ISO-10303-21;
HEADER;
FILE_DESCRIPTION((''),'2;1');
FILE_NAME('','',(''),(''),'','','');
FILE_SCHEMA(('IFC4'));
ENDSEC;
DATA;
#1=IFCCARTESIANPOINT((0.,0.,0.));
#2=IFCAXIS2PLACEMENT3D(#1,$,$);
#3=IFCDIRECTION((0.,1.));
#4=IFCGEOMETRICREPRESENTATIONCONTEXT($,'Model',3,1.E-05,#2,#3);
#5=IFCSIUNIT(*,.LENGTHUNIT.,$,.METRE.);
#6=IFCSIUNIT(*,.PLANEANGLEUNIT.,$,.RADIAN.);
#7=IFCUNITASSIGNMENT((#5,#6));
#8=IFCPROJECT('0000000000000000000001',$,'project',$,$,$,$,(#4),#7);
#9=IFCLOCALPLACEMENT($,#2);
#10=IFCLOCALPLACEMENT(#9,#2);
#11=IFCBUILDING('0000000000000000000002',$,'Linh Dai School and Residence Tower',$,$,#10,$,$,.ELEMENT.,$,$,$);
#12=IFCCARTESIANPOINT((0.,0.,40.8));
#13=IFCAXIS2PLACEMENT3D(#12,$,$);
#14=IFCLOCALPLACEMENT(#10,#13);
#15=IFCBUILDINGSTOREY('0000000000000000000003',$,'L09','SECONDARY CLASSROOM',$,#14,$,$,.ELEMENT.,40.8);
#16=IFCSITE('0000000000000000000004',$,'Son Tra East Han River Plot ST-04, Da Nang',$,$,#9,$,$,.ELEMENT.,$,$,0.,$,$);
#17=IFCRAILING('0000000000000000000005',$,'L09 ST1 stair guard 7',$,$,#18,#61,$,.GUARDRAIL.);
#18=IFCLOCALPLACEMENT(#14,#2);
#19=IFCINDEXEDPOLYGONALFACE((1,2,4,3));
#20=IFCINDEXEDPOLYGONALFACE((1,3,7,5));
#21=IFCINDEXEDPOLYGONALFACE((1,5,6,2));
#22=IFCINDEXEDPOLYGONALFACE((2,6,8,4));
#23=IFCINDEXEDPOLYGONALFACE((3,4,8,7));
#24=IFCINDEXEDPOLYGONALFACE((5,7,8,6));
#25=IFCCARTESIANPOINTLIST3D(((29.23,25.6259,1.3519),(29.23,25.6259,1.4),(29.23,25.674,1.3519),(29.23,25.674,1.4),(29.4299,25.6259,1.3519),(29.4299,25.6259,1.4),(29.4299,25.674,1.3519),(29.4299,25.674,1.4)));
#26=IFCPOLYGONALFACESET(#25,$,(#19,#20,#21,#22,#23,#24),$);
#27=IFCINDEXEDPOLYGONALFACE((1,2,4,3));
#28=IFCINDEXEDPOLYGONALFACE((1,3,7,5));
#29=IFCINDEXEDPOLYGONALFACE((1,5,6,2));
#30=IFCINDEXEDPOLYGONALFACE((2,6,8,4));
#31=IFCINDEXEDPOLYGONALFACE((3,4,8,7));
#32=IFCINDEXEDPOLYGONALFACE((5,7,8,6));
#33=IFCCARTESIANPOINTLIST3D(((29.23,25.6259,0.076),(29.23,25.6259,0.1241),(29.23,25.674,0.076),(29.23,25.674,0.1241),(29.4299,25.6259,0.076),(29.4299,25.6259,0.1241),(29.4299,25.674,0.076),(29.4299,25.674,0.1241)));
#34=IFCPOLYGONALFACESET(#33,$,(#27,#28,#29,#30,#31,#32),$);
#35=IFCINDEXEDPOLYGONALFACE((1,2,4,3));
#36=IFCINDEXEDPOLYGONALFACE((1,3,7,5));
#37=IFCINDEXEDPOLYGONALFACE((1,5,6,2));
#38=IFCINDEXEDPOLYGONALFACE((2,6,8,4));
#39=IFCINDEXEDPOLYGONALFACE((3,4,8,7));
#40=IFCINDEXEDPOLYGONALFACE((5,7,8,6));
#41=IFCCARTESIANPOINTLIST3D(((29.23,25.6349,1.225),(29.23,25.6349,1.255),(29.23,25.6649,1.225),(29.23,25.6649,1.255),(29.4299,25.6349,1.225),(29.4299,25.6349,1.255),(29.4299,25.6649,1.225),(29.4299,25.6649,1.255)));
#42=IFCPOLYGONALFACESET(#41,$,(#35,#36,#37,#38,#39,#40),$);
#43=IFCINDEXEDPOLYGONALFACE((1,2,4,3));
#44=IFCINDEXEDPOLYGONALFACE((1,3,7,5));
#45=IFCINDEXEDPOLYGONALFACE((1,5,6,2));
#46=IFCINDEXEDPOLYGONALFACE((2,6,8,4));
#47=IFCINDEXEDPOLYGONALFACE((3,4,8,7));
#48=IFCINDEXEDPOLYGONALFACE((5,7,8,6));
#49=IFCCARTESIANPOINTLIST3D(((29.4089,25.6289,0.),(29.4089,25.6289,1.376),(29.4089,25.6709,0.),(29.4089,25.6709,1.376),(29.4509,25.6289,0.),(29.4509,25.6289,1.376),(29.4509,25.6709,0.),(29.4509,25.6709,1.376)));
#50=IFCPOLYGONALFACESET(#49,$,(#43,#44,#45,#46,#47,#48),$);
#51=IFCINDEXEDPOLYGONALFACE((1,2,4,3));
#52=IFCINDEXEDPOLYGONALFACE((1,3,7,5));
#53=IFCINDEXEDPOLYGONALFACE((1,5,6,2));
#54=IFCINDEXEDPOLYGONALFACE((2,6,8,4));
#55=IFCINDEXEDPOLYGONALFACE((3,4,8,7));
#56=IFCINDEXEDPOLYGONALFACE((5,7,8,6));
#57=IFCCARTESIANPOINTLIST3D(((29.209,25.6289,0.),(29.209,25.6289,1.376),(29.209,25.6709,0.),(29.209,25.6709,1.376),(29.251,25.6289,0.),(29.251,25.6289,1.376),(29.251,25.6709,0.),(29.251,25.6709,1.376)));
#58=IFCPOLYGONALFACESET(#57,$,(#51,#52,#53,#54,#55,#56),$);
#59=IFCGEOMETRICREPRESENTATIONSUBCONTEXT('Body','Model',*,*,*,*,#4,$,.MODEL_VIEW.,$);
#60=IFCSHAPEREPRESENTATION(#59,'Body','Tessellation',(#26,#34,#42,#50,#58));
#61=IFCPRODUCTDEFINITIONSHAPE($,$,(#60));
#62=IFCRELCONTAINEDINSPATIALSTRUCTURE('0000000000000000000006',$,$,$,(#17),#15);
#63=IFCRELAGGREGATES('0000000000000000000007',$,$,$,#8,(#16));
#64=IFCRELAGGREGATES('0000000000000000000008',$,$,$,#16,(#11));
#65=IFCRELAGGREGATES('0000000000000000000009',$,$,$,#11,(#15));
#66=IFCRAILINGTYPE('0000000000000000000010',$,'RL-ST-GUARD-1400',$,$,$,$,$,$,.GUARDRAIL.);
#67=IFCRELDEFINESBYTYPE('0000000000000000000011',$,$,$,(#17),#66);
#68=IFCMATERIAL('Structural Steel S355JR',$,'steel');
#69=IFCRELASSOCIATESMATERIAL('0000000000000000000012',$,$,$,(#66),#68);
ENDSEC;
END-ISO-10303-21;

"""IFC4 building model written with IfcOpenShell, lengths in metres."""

from ifc_helpers import new_model, si_unit, direction, frame, origin, origin_2d, place, context, subcontext, project, spatial, rectangle, extrude, source, transform, mapped, material, type_object, element, save


model = new_model("IFC4")

# Units and contexts
model_context = context("Model", 3, precision=1e-05, world=origin(), true_north=direction((0.0, 1.0)))
body_context = subcontext(model_context, "Body", "Model", "MODEL_VIEW")
ifc_project = project(units=[si_unit("LENGTHUNIT", "METRE"), si_unit("PLANEANGLEUNIT", "RADIAN")], contexts=[model_context])

# Site, building, storey
site_placement = place(None, origin())
site = spatial("IfcSite", under=ifc_project, at=site_placement, Name="Son Tra East Han River Plot ST-04, Da Nang", CompositionType="ELEMENT", RefElevation=0.0)
building_placement = place(site_placement, origin())
building = spatial("IfcBuilding", under=site, at=building_placement, Name="Linh Dai School and Residence Tower", CompositionType="ELEMENT")
storey_placement = place(building_placement, frame((0.0, 0.0, 40.8)))
storey = spatial("IfcBuildingStorey", under=building, at=storey_placement, Name="L09", Description="SECONDARY CLASSROOM", CompositionType="ELEMENT", Elevation=40.8)

# Shared definitions
ifc_material_1 = material(Name="Structural Steel S355JR", Category="steel")

# Railing
railing_type_1 = type_object("IfcRailingType", Name="RL-ST-GUARD-1400", PredefinedType="GUARDRAIL", material=ifc_material_1)
shared_shape_1 = source(origin(), body_context, "Body", "SweptSolid", [
    extrude(rectangle(XDim=0.0481, YDim=0.0481, at=origin_2d()), frame((0.0, 0.0, 1.376), z_axis=(-1.0, 0.0, 0.0), x_axis=(0.0, -1.0, 0.0)), (0.0, 0.0, 1.0), 0.2),
    extrude(rectangle(XDim=0.0481, YDim=0.0481, at=origin_2d()), frame((0.0, 0.0, 0.1001), z_axis=(-1.0, 0.0, 0.0), x_axis=(0.0, -1.0, 0.0)), (0.0, 0.0, 1.0), 0.2),
    extrude(rectangle(XDim=0.03, YDim=0.03, at=origin_2d()), frame((0.0, 0.0, 1.24), z_axis=(-1.0, 0.0, 0.0), x_axis=(0.0, -1.0, 0.0)), (0.0, 0.0, 1.0), 0.2),
    extrude(rectangle(XDim=0.042, YDim=0.042, at=origin_2d()), origin(), (0.0, 0.0, 1.0), 1.376),
    extrude(rectangle(XDim=0.042, YDim=0.042, at=origin_2d()), frame((-0.2, 0.0, 0.0)), (0.0, 0.0, 1.0), 1.376),
])
railing_1_placement = place(storey_placement, frame((29.4299, 25.6499, 0.0)))
element("IfcRailing", 1, at=railing_1_placement, inside=storey, type_object=railing_type_1, Name="L09 ST1 stair guard 7", PredefinedType="GUARDRAIL", context=body_context, shape_type="MappedRepresentation", body=[
    mapped(shared_shape_1, transform((0.0, 0.0, 0.0), x_axis=(1.0, 0.0, 0.0), y_axis=(0.0, 1.0, 0.0), z_axis=(0.0, 0.0, 1.0), scale=1.0)),
])

save(model, "model.ifc")
